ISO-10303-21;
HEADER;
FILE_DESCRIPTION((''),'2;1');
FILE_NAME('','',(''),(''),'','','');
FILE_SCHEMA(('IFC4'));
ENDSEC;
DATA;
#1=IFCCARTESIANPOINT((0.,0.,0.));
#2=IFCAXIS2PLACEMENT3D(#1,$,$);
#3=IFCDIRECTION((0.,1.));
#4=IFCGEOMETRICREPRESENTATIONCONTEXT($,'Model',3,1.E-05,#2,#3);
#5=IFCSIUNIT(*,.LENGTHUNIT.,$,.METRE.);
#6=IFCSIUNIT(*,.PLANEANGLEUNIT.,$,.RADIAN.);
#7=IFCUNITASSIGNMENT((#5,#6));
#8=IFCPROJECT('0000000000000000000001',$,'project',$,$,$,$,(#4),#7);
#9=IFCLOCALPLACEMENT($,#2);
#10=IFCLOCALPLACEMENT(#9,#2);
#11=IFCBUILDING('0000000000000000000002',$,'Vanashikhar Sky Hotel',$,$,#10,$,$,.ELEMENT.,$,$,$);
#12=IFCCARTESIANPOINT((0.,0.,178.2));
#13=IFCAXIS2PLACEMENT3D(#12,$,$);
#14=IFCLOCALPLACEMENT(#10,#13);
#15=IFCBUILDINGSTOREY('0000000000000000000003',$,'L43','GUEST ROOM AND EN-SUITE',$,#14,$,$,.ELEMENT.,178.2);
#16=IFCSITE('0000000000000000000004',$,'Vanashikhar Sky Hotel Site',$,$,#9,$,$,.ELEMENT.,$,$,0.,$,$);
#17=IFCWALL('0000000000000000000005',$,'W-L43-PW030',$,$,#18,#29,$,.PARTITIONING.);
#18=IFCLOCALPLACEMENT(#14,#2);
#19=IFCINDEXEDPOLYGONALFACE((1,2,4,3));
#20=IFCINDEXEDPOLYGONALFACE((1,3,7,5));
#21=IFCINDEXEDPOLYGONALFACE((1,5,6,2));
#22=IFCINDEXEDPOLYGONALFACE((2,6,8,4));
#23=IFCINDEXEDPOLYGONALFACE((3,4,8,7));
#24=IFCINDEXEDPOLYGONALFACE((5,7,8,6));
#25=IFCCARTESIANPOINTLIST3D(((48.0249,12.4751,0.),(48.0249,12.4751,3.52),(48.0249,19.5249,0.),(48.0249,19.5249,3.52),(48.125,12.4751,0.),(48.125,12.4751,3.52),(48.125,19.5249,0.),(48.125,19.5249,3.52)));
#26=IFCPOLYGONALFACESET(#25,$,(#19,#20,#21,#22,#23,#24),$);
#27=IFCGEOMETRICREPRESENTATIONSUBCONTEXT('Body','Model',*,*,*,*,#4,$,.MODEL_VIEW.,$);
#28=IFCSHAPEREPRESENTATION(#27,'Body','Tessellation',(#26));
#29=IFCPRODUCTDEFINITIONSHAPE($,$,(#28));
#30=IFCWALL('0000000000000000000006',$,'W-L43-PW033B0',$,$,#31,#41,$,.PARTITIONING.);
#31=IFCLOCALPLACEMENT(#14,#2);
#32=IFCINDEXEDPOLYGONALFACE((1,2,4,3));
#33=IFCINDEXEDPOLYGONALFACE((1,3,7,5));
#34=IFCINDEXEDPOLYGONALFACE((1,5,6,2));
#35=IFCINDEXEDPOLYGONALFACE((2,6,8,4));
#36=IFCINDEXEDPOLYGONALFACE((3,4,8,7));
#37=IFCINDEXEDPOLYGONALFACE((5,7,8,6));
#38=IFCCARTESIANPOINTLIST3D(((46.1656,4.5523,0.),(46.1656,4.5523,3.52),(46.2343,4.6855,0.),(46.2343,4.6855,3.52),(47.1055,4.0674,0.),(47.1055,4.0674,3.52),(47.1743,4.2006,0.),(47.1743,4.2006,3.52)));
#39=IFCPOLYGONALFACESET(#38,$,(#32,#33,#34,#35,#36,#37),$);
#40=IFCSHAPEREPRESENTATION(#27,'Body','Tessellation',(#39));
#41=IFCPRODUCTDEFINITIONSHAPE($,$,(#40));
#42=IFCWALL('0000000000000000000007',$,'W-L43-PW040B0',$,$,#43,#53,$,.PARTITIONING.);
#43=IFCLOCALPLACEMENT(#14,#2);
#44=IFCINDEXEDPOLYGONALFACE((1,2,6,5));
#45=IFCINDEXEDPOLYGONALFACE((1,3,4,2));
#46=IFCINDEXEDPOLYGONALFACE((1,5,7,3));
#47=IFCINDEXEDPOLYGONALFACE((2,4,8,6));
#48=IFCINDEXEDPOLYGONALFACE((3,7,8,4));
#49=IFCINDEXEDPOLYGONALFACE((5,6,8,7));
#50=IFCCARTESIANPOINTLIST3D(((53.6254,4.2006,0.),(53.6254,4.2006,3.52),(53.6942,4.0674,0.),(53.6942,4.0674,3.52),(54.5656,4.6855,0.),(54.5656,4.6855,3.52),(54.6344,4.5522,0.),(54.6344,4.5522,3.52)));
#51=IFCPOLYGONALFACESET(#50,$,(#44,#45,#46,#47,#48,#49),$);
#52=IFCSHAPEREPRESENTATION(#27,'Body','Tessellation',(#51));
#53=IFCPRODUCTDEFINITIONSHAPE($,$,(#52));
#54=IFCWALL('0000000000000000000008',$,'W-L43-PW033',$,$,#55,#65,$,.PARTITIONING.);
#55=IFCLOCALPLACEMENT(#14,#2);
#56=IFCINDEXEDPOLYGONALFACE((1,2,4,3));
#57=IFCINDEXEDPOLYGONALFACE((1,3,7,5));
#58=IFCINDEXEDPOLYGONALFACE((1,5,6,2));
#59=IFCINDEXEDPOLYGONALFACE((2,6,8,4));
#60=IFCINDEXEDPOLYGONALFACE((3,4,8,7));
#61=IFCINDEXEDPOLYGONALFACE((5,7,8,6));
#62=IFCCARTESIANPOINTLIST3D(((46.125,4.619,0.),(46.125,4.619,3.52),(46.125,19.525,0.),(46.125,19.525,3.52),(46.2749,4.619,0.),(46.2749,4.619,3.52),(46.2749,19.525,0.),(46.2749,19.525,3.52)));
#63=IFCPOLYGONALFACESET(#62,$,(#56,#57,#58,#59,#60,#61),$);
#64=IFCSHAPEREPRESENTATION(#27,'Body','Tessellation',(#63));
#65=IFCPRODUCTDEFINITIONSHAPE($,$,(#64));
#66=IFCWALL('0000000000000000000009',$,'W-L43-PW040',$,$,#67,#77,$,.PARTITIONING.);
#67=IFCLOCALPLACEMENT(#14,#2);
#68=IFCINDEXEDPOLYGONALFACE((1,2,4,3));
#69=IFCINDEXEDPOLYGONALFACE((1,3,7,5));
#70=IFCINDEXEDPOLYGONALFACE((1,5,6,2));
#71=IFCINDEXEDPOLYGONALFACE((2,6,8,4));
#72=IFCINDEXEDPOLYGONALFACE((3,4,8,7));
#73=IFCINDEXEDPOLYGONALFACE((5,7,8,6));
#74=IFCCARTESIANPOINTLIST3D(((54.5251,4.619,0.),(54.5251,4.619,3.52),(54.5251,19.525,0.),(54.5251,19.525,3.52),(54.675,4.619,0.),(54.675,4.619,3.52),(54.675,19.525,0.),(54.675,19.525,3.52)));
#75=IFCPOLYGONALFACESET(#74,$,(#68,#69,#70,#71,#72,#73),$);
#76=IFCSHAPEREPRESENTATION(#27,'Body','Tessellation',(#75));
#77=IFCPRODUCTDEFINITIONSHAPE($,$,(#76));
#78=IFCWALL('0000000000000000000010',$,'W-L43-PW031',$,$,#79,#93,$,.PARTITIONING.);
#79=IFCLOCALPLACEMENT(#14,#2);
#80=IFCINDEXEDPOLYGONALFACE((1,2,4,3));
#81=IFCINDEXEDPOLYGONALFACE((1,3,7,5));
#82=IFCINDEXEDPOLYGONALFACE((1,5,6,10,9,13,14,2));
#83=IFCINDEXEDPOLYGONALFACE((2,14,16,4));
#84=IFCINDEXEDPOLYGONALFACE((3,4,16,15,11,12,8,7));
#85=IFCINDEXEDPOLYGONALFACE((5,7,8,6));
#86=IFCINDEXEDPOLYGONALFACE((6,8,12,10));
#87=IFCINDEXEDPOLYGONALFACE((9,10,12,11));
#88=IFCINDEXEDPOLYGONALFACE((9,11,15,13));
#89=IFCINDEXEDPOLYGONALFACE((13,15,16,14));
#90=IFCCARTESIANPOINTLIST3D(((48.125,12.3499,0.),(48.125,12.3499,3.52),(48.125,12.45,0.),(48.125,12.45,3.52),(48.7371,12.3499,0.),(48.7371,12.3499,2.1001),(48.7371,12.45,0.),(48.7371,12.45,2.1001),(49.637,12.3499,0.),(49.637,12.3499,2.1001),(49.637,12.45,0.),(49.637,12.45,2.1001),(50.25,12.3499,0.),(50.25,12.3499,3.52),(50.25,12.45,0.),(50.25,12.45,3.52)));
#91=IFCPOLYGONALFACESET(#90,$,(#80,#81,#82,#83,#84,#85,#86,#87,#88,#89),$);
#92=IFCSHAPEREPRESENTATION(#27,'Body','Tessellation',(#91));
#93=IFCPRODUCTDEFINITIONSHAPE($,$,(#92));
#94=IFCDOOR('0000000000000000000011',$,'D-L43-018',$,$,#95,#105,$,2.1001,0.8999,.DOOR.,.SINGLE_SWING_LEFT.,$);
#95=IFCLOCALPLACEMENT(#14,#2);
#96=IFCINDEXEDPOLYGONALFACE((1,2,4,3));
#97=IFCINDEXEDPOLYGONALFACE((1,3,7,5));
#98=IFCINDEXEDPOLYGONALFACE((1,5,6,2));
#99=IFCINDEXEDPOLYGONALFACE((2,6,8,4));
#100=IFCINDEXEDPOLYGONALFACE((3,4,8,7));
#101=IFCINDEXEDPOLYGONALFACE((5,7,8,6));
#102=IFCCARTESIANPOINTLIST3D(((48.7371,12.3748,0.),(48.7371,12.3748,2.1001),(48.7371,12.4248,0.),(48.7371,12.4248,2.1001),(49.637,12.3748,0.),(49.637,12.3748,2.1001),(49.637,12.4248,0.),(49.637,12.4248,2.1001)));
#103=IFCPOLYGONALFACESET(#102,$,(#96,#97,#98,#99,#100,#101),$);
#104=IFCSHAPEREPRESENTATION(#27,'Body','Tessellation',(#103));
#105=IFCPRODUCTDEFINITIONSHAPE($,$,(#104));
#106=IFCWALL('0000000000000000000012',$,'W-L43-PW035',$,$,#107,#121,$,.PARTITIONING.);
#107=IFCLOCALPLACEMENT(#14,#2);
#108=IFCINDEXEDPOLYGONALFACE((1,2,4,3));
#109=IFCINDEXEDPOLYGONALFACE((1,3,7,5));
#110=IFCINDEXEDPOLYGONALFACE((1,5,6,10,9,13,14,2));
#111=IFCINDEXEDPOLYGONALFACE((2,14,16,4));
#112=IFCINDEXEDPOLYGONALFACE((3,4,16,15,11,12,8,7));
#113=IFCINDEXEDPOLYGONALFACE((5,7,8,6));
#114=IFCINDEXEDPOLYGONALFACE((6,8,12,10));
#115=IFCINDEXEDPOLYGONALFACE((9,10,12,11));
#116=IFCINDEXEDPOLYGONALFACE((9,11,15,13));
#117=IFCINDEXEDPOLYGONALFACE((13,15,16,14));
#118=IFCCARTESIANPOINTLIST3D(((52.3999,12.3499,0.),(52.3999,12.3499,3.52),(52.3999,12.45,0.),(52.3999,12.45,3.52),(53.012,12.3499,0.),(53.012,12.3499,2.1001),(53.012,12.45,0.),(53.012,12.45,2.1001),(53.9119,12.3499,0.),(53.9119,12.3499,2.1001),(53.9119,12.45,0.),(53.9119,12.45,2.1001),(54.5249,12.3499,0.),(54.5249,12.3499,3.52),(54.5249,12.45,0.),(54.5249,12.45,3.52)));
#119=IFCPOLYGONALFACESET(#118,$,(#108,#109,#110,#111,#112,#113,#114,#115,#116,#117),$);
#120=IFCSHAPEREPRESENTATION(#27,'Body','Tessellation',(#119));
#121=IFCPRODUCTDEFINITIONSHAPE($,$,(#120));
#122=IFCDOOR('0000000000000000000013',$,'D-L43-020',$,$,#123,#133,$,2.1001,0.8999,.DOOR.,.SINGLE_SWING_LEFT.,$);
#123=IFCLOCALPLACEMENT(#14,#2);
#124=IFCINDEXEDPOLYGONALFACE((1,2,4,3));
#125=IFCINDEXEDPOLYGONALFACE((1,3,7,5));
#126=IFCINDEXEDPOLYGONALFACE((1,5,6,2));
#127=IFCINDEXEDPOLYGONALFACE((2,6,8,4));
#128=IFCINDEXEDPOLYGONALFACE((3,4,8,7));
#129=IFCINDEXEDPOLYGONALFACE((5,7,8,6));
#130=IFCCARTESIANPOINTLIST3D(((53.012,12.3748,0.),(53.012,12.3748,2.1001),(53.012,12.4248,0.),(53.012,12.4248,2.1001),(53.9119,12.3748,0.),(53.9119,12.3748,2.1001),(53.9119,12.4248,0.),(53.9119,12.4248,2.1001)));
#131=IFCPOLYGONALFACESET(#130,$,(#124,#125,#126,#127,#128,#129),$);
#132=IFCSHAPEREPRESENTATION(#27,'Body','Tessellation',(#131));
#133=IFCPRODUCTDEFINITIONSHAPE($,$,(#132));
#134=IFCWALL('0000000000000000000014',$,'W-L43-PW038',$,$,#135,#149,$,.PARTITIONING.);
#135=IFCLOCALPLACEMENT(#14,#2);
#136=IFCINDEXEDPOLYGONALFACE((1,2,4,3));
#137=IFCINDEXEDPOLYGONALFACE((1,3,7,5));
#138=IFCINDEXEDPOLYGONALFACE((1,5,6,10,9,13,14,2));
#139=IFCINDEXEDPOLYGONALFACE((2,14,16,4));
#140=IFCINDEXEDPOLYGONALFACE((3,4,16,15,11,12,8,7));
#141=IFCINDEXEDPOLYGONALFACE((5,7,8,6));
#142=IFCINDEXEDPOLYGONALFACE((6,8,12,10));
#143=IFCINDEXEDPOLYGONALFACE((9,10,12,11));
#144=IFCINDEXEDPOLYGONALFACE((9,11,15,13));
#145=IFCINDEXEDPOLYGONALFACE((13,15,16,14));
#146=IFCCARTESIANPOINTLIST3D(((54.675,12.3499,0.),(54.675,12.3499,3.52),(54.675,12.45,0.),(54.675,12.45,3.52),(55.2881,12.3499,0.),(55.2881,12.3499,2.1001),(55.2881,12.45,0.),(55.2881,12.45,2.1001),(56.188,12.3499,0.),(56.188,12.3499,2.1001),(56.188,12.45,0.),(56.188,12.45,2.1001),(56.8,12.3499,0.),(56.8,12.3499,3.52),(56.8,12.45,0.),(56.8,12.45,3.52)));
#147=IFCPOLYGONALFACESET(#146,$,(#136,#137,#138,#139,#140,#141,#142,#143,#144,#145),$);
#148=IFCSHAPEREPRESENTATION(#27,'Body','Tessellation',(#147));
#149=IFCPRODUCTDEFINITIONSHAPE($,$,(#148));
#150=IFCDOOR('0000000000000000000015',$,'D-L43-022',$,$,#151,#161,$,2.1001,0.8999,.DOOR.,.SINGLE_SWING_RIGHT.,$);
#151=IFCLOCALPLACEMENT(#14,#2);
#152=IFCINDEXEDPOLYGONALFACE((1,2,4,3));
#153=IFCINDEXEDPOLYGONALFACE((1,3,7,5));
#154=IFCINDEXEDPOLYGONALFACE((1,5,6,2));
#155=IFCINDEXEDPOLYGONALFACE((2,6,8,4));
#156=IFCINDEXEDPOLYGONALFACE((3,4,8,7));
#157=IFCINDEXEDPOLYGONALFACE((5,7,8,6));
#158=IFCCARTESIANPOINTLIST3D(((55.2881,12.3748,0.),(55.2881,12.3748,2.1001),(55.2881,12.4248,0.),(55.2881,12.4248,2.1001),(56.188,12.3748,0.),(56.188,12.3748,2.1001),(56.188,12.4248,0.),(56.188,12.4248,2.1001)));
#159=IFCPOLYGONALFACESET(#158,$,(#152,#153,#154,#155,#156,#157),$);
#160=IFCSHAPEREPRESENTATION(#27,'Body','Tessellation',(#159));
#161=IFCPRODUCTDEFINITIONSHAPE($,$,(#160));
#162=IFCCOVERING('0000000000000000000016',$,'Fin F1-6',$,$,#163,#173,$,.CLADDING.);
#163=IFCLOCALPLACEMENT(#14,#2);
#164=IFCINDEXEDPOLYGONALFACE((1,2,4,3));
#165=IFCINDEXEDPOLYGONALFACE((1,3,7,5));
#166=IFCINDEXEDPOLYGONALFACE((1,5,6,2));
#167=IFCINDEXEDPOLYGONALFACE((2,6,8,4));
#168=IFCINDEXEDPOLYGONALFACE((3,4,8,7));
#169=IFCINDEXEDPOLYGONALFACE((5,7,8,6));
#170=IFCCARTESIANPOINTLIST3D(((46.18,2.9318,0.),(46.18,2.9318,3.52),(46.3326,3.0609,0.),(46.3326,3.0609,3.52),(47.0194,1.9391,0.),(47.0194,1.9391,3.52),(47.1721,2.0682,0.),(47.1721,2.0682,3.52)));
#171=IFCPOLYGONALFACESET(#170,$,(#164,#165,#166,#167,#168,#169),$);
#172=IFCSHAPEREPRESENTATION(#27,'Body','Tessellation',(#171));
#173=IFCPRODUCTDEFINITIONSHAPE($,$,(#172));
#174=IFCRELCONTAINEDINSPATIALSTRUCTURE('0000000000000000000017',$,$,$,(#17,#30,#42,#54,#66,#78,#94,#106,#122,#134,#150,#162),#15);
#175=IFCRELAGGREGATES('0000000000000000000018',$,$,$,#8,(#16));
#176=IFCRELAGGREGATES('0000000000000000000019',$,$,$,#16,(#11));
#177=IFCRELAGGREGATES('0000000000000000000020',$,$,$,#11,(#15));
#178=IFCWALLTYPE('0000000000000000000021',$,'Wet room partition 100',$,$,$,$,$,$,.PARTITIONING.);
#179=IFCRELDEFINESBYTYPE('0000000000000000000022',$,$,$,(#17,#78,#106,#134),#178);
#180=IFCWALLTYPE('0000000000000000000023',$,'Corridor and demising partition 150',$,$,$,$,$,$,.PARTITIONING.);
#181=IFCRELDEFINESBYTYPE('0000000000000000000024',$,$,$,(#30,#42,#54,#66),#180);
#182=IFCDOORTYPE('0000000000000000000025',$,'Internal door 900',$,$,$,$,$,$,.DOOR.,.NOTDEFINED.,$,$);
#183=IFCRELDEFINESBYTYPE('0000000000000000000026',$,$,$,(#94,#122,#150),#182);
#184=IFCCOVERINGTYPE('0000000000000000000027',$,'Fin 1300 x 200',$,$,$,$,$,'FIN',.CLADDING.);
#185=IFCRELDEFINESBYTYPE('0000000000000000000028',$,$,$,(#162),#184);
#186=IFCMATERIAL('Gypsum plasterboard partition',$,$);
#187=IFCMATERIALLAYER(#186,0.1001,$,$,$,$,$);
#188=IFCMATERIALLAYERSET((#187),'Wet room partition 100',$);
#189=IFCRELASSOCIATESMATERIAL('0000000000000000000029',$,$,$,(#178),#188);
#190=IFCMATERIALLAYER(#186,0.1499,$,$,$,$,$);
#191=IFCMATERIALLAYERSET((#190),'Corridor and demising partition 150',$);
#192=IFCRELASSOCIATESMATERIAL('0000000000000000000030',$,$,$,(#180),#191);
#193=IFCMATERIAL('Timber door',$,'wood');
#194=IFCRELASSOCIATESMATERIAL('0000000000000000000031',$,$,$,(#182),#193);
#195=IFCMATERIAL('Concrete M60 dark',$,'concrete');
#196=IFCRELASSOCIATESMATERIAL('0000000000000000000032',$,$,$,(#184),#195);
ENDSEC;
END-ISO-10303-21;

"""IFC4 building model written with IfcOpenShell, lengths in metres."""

from ifc_helpers import new_model, si_unit, direction, frame, frame_2d, origin, origin_2d, place, context, subcontext, project, spatial, rectangle, extrude, source, transform, mapped, material, layer, layer_set, material_profile, profile_set, type_object, element, fill, save


model = new_model("IFC4")

# Units and contexts
model_context = context("Model", 3, precision=1e-05, world=origin(), true_north=direction((0.0, 1.0)))
body_context = subcontext(model_context, "Body", "Model", "MODEL_VIEW")
ifc_project = project(units=[si_unit("LENGTHUNIT", "METRE"), si_unit("PLANEANGLEUNIT", "RADIAN")], contexts=[model_context])

# Site, building, storey
site_placement = place(None, origin())
site = spatial("IfcSite", under=ifc_project, at=site_placement, Name="Vanashikhar Sky Hotel Site", CompositionType="ELEMENT", RefElevation=0.0)
building_placement = place(site_placement, origin())
building = spatial("IfcBuilding", under=site, at=building_placement, Name="Vanashikhar Sky Hotel", CompositionType="ELEMENT")
storey_placement = place(building_placement, frame((0.0, 0.0, 178.2)))
storey = spatial("IfcBuildingStorey", under=building, at=storey_placement, Name="L43", Description="GUEST ROOM AND EN-SUITE", CompositionType="ELEMENT", Elevation=178.2)

# Walls
ifc_material_1 = material(Name="Gypsum plasterboard partition")
ifc_layer_1 = layer(ifc_material_1, 0.1001)
ifc_layer_set_1 = layer_set([ifc_layer_1], Name="Wet room partition 100")
wall_type_1 = type_object("IfcWallType", Name="Wet room partition 100", PredefinedType="PARTITIONING", material=ifc_layer_set_1)
shared_shape_1 = source(origin(), body_context, "Body", "SweptSolid", [
    extrude(rectangle(XDim=7.0498, YDim=0.1001, at=frame_2d((3.5249, 0.0))), origin(), (0.0, 0.0, 1.0), 3.52),
])
wall_1_placement = place(storey_placement, frame((48.075, 12.4751, 0.0), z_axis=(0.0, 0.0, 1.0), x_axis=(0.0, 1.0, 0.0)))
element("IfcWall", 1, at=wall_1_placement, inside=storey, type_object=wall_type_1, Name="W-L43-PW030", PredefinedType="PARTITIONING", context=body_context, shape_type="MappedRepresentation", body=[
    mapped(shared_shape_1, transform((0.0, 0.0, 0.0), scale=1.0)),
])
ifc_layer_2 = layer(ifc_material_1, 0.1499)
ifc_layer_set_2 = layer_set([ifc_layer_2], Name="Corridor and demising partition 150")
wall_type_2 = type_object("IfcWallType", Name="Corridor and demising partition 150", PredefinedType="PARTITIONING", material=ifc_layer_set_2)
shared_shape_2 = source(origin(), body_context, "Body", "SweptSolid", [
    extrude(rectangle(XDim=1.0576, YDim=0.1499, at=frame_2d((0.5288, 0.0))), origin(), (0.0, 0.0, 1.0), 3.52),
])
wall_2_placement = place(storey_placement, frame((47.1399, 4.134, 0.0), z_axis=(0.0, 0.0, 1.0), x_axis=(-0.888724, 0.458443, 0.0)))
element("IfcWall", 2, at=wall_2_placement, inside=storey, type_object=wall_type_2, Name="W-L43-PW033B0", PredefinedType="PARTITIONING", context=body_context, shape_type="MappedRepresentation", body=[
    mapped(shared_shape_2, transform((0.0, 0.0, 0.0), scale=1.0)),
])
shared_shape_3 = source(origin(), body_context, "Body", "SweptSolid", [
    extrude(rectangle(XDim=1.0579, YDim=0.1499, at=frame_2d((0.5288, 0.0))), origin(), (0.0, 0.0, 1.0), 3.52),
])
wall_3_placement = place(storey_placement, frame((53.6599, 4.134, 0.0), z_axis=(0.0, 0.0, 1.0), x_axis=(0.888772, 0.458349, 0.0)))
element("IfcWall", 3, at=wall_3_placement, inside=storey, type_object=wall_type_2, Name="W-L43-PW040B0", PredefinedType="PARTITIONING", context=body_context, shape_type="MappedRepresentation", body=[
    mapped(shared_shape_3, transform((0.0, 0.0, 0.0), scale=1.0)),
])
shared_shape_4 = source(origin(), body_context, "Body", "SweptSolid", [
    extrude(rectangle(XDim=14.906, YDim=0.1499, at=frame_2d((7.4531, 0.0))), origin(), (0.0, 0.0, 1.0), 3.52),
])
for number, where, z_axis, x_axis, name in (
    (4, (46.2, 4.6189, 0.0), (0.0, 0.0, 1.0), (0.0, 1.0, 0.0), "W-L43-PW033"),
    (5, (54.6001, 4.6189, 0.0), (0.0, 0.0, 1.0), (0.0, 1.0, 0.0), "W-L43-PW040"),
):
    element("IfcWall", number, at=place(storey_placement, frame(where, z_axis=z_axis, x_axis=x_axis)), inside=storey, type_object=wall_type_2, Name=name, PredefinedType="PARTITIONING", context=body_context, shape_type="MappedRepresentation", body=[
        mapped(shared_shape_4, transform((0.0, 0.0, 0.0), scale=1.0)),
    ])

# Walls, openings, doors
shared_shape_5 = source(origin(), body_context, "Body", "SweptSolid", [
    extrude(rectangle(XDim=2.125, YDim=0.1001, at=frame_2d((1.0625, 0.0))), origin(), (0.0, 0.0, 1.0), 3.52),
])
wall_4_placement = place(storey_placement, frame((48.125, 12.3999, 0.0), z_axis=(0.0, 0.0, 1.0), x_axis=(1.0, 0.0, 0.0)))
wall_4 = element("IfcWall", 6, at=wall_4_placement, inside=storey, type_object=wall_type_1, Name="W-L43-PW031", PredefinedType="PARTITIONING", context=body_context, shape_type="MappedRepresentation", body=[
    mapped(shared_shape_5, transform((0.0, 0.0, 0.0), scale=1.0)),
])
shared_shape_6 = source(origin(), body_context, "Body", "SweptSolid", [
    extrude(rectangle(XDim=0.8999, YDim=2.1001, at=frame_2d((0.45, 1.05))), frame((0.0, 0.0601, 0.0), z_axis=(0.0, -1.0, 0.0), x_axis=(1.0, 0.0, 0.0)), (0.0, 0.0, 1.0), 0.1201),
])
opening_1_placement = place(wall_4_placement, frame((0.6121, 0.0, 0.0)))
opening_1 = element("IfcOpeningElement", 7, at=opening_1_placement, cuts=wall_4, PredefinedType="OPENING", context=body_context, shape_type="MappedRepresentation", body=[
    mapped(shared_shape_6, transform((0.0, 0.0, 0.0), scale=1.0)),
])
ifc_material_2 = material(Name="Timber door", Category="wood")
door_type = type_object("IfcDoorType", Name="Internal door 900", OperationType="NOTDEFINED", PredefinedType="DOOR", material=ifc_material_2)
shared_shape_7 = source(origin(), body_context, "Body", "SweptSolid", [
    extrude(rectangle(XDim=0.8999, YDim=2.1001, at=frame_2d((0.45, 1.05))), frame((0.0, 0.0249, 0.0), z_axis=(0.0, -1.0, 0.0), x_axis=(1.0, 0.0, 0.0)), (0.0, 0.0, 1.0), 0.05),
])
door_1_placement = place(opening_1_placement, origin())
door_1 = element("IfcDoor", 8, at=door_1_placement, inside=storey, type_object=door_type, Name="D-L43-018", OperationType="SINGLE_SWING_LEFT", OverallHeight=2.1001, OverallWidth=0.8999, PredefinedType="DOOR", context=body_context, shape_type="MappedRepresentation", body=[
    mapped(shared_shape_7, transform((0.0, 0.0, 0.0), scale=1.0)),
])
fill(opening_1, door_1)
wall_5_placement = place(storey_placement, frame((52.3999, 12.3999, 0.0), z_axis=(0.0, 0.0, 1.0), x_axis=(1.0, 0.0, 0.0)))
wall_5 = element("IfcWall", 9, at=wall_5_placement, inside=storey, type_object=wall_type_1, Name="W-L43-PW035", PredefinedType="PARTITIONING", context=body_context, shape_type="MappedRepresentation", body=[
    mapped(shared_shape_5, transform((0.0, 0.0, 0.0), scale=1.0)),
])
opening_2_placement = place(wall_5_placement, frame((0.6121, 0.0, 0.0)))
opening_2 = element("IfcOpeningElement", 10, at=opening_2_placement, cuts=wall_5, PredefinedType="OPENING", context=body_context, shape_type="MappedRepresentation", body=[
    mapped(shared_shape_6, transform((0.0, 0.0, 0.0), scale=1.0)),
])
door_2_placement = place(opening_2_placement, origin())
door_2 = element("IfcDoor", 11, at=door_2_placement, inside=storey, type_object=door_type, Name="D-L43-020", OperationType="SINGLE_SWING_LEFT", OverallHeight=2.1001, OverallWidth=0.8999, PredefinedType="DOOR", context=body_context, shape_type="MappedRepresentation", body=[
    mapped(shared_shape_7, transform((0.0, 0.0, 0.0), scale=1.0)),
])
fill(opening_2, door_2)
wall_6_placement = place(storey_placement, frame((54.675, 12.3999, 0.0), z_axis=(0.0, 0.0, 1.0), x_axis=(1.0, 0.0, 0.0)))
wall_6 = element("IfcWall", 12, at=wall_6_placement, inside=storey, type_object=wall_type_1, Name="W-L43-PW038", PredefinedType="PARTITIONING", context=body_context, shape_type="MappedRepresentation", body=[
    mapped(shared_shape_5, transform((0.0, 0.0, 0.0), scale=1.0)),
])
opening_3_placement = place(wall_6_placement, frame((0.613, 0.0, 0.0)))
opening_3 = element("IfcOpeningElement", 13, at=opening_3_placement, cuts=wall_6, PredefinedType="OPENING", context=body_context, shape_type="MappedRepresentation", body=[
    mapped(shared_shape_6, transform((0.0, 0.0, 0.0), scale=1.0)),
])
door_3_placement = place(opening_3_placement, origin())
door_3 = element("IfcDoor", 14, at=door_3_placement, inside=storey, type_object=door_type, Name="D-L43-022", OperationType="SINGLE_SWING_RIGHT", OverallHeight=2.1001, OverallWidth=0.8999, PredefinedType="DOOR", context=body_context, shape_type="MappedRepresentation", body=[
    mapped(shared_shape_7, transform((0.0, 0.0, 0.0), scale=1.0)),
])
fill(opening_3, door_3)

# Covering
ifc_material_3 = material(Name="Concrete M60 dark", Category="concrete")
ifc_material_profile = material_profile(ifc_material_3, rectangle(XDim=1.3, YDim=0.2, at=origin_2d()))
ifc_profile_set = profile_set([ifc_material_profile], Name="Fin 1300 x 200")
covering_type = type_object("IfcCoveringType", Name="Fin 1300 x 200", ElementType="FIN", PredefinedType="CLADDING", material=ifc_profile_set)
shared_shape_8 = source(origin(), body_context, "Body", "SweptSolid", [
    extrude(rectangle(XDim=1.3, YDim=0.2, at=origin_2d()), origin(), (0.0, 0.0, 1.0), 3.52),
])
for number, where, z_axis, x_axis, name in (
    (15, (46.676, 2.5, 0.0), (0.0, 0.0, 1.0), (0.645698, -0.763593, 0.0), "Fin F1-6"),
):
    element("IfcCovering", number, at=place(storey_placement, frame(where, z_axis=z_axis, x_axis=x_axis)), inside=storey, type_object=covering_type, Name=name, PredefinedType="CLADDING", context=body_context, shape_type="MappedRepresentation", body=[
        mapped(shared_shape_8, transform((0.0, 0.0, 0.0), scale=1.0)),
    ])

save(model, "model.ifc")
